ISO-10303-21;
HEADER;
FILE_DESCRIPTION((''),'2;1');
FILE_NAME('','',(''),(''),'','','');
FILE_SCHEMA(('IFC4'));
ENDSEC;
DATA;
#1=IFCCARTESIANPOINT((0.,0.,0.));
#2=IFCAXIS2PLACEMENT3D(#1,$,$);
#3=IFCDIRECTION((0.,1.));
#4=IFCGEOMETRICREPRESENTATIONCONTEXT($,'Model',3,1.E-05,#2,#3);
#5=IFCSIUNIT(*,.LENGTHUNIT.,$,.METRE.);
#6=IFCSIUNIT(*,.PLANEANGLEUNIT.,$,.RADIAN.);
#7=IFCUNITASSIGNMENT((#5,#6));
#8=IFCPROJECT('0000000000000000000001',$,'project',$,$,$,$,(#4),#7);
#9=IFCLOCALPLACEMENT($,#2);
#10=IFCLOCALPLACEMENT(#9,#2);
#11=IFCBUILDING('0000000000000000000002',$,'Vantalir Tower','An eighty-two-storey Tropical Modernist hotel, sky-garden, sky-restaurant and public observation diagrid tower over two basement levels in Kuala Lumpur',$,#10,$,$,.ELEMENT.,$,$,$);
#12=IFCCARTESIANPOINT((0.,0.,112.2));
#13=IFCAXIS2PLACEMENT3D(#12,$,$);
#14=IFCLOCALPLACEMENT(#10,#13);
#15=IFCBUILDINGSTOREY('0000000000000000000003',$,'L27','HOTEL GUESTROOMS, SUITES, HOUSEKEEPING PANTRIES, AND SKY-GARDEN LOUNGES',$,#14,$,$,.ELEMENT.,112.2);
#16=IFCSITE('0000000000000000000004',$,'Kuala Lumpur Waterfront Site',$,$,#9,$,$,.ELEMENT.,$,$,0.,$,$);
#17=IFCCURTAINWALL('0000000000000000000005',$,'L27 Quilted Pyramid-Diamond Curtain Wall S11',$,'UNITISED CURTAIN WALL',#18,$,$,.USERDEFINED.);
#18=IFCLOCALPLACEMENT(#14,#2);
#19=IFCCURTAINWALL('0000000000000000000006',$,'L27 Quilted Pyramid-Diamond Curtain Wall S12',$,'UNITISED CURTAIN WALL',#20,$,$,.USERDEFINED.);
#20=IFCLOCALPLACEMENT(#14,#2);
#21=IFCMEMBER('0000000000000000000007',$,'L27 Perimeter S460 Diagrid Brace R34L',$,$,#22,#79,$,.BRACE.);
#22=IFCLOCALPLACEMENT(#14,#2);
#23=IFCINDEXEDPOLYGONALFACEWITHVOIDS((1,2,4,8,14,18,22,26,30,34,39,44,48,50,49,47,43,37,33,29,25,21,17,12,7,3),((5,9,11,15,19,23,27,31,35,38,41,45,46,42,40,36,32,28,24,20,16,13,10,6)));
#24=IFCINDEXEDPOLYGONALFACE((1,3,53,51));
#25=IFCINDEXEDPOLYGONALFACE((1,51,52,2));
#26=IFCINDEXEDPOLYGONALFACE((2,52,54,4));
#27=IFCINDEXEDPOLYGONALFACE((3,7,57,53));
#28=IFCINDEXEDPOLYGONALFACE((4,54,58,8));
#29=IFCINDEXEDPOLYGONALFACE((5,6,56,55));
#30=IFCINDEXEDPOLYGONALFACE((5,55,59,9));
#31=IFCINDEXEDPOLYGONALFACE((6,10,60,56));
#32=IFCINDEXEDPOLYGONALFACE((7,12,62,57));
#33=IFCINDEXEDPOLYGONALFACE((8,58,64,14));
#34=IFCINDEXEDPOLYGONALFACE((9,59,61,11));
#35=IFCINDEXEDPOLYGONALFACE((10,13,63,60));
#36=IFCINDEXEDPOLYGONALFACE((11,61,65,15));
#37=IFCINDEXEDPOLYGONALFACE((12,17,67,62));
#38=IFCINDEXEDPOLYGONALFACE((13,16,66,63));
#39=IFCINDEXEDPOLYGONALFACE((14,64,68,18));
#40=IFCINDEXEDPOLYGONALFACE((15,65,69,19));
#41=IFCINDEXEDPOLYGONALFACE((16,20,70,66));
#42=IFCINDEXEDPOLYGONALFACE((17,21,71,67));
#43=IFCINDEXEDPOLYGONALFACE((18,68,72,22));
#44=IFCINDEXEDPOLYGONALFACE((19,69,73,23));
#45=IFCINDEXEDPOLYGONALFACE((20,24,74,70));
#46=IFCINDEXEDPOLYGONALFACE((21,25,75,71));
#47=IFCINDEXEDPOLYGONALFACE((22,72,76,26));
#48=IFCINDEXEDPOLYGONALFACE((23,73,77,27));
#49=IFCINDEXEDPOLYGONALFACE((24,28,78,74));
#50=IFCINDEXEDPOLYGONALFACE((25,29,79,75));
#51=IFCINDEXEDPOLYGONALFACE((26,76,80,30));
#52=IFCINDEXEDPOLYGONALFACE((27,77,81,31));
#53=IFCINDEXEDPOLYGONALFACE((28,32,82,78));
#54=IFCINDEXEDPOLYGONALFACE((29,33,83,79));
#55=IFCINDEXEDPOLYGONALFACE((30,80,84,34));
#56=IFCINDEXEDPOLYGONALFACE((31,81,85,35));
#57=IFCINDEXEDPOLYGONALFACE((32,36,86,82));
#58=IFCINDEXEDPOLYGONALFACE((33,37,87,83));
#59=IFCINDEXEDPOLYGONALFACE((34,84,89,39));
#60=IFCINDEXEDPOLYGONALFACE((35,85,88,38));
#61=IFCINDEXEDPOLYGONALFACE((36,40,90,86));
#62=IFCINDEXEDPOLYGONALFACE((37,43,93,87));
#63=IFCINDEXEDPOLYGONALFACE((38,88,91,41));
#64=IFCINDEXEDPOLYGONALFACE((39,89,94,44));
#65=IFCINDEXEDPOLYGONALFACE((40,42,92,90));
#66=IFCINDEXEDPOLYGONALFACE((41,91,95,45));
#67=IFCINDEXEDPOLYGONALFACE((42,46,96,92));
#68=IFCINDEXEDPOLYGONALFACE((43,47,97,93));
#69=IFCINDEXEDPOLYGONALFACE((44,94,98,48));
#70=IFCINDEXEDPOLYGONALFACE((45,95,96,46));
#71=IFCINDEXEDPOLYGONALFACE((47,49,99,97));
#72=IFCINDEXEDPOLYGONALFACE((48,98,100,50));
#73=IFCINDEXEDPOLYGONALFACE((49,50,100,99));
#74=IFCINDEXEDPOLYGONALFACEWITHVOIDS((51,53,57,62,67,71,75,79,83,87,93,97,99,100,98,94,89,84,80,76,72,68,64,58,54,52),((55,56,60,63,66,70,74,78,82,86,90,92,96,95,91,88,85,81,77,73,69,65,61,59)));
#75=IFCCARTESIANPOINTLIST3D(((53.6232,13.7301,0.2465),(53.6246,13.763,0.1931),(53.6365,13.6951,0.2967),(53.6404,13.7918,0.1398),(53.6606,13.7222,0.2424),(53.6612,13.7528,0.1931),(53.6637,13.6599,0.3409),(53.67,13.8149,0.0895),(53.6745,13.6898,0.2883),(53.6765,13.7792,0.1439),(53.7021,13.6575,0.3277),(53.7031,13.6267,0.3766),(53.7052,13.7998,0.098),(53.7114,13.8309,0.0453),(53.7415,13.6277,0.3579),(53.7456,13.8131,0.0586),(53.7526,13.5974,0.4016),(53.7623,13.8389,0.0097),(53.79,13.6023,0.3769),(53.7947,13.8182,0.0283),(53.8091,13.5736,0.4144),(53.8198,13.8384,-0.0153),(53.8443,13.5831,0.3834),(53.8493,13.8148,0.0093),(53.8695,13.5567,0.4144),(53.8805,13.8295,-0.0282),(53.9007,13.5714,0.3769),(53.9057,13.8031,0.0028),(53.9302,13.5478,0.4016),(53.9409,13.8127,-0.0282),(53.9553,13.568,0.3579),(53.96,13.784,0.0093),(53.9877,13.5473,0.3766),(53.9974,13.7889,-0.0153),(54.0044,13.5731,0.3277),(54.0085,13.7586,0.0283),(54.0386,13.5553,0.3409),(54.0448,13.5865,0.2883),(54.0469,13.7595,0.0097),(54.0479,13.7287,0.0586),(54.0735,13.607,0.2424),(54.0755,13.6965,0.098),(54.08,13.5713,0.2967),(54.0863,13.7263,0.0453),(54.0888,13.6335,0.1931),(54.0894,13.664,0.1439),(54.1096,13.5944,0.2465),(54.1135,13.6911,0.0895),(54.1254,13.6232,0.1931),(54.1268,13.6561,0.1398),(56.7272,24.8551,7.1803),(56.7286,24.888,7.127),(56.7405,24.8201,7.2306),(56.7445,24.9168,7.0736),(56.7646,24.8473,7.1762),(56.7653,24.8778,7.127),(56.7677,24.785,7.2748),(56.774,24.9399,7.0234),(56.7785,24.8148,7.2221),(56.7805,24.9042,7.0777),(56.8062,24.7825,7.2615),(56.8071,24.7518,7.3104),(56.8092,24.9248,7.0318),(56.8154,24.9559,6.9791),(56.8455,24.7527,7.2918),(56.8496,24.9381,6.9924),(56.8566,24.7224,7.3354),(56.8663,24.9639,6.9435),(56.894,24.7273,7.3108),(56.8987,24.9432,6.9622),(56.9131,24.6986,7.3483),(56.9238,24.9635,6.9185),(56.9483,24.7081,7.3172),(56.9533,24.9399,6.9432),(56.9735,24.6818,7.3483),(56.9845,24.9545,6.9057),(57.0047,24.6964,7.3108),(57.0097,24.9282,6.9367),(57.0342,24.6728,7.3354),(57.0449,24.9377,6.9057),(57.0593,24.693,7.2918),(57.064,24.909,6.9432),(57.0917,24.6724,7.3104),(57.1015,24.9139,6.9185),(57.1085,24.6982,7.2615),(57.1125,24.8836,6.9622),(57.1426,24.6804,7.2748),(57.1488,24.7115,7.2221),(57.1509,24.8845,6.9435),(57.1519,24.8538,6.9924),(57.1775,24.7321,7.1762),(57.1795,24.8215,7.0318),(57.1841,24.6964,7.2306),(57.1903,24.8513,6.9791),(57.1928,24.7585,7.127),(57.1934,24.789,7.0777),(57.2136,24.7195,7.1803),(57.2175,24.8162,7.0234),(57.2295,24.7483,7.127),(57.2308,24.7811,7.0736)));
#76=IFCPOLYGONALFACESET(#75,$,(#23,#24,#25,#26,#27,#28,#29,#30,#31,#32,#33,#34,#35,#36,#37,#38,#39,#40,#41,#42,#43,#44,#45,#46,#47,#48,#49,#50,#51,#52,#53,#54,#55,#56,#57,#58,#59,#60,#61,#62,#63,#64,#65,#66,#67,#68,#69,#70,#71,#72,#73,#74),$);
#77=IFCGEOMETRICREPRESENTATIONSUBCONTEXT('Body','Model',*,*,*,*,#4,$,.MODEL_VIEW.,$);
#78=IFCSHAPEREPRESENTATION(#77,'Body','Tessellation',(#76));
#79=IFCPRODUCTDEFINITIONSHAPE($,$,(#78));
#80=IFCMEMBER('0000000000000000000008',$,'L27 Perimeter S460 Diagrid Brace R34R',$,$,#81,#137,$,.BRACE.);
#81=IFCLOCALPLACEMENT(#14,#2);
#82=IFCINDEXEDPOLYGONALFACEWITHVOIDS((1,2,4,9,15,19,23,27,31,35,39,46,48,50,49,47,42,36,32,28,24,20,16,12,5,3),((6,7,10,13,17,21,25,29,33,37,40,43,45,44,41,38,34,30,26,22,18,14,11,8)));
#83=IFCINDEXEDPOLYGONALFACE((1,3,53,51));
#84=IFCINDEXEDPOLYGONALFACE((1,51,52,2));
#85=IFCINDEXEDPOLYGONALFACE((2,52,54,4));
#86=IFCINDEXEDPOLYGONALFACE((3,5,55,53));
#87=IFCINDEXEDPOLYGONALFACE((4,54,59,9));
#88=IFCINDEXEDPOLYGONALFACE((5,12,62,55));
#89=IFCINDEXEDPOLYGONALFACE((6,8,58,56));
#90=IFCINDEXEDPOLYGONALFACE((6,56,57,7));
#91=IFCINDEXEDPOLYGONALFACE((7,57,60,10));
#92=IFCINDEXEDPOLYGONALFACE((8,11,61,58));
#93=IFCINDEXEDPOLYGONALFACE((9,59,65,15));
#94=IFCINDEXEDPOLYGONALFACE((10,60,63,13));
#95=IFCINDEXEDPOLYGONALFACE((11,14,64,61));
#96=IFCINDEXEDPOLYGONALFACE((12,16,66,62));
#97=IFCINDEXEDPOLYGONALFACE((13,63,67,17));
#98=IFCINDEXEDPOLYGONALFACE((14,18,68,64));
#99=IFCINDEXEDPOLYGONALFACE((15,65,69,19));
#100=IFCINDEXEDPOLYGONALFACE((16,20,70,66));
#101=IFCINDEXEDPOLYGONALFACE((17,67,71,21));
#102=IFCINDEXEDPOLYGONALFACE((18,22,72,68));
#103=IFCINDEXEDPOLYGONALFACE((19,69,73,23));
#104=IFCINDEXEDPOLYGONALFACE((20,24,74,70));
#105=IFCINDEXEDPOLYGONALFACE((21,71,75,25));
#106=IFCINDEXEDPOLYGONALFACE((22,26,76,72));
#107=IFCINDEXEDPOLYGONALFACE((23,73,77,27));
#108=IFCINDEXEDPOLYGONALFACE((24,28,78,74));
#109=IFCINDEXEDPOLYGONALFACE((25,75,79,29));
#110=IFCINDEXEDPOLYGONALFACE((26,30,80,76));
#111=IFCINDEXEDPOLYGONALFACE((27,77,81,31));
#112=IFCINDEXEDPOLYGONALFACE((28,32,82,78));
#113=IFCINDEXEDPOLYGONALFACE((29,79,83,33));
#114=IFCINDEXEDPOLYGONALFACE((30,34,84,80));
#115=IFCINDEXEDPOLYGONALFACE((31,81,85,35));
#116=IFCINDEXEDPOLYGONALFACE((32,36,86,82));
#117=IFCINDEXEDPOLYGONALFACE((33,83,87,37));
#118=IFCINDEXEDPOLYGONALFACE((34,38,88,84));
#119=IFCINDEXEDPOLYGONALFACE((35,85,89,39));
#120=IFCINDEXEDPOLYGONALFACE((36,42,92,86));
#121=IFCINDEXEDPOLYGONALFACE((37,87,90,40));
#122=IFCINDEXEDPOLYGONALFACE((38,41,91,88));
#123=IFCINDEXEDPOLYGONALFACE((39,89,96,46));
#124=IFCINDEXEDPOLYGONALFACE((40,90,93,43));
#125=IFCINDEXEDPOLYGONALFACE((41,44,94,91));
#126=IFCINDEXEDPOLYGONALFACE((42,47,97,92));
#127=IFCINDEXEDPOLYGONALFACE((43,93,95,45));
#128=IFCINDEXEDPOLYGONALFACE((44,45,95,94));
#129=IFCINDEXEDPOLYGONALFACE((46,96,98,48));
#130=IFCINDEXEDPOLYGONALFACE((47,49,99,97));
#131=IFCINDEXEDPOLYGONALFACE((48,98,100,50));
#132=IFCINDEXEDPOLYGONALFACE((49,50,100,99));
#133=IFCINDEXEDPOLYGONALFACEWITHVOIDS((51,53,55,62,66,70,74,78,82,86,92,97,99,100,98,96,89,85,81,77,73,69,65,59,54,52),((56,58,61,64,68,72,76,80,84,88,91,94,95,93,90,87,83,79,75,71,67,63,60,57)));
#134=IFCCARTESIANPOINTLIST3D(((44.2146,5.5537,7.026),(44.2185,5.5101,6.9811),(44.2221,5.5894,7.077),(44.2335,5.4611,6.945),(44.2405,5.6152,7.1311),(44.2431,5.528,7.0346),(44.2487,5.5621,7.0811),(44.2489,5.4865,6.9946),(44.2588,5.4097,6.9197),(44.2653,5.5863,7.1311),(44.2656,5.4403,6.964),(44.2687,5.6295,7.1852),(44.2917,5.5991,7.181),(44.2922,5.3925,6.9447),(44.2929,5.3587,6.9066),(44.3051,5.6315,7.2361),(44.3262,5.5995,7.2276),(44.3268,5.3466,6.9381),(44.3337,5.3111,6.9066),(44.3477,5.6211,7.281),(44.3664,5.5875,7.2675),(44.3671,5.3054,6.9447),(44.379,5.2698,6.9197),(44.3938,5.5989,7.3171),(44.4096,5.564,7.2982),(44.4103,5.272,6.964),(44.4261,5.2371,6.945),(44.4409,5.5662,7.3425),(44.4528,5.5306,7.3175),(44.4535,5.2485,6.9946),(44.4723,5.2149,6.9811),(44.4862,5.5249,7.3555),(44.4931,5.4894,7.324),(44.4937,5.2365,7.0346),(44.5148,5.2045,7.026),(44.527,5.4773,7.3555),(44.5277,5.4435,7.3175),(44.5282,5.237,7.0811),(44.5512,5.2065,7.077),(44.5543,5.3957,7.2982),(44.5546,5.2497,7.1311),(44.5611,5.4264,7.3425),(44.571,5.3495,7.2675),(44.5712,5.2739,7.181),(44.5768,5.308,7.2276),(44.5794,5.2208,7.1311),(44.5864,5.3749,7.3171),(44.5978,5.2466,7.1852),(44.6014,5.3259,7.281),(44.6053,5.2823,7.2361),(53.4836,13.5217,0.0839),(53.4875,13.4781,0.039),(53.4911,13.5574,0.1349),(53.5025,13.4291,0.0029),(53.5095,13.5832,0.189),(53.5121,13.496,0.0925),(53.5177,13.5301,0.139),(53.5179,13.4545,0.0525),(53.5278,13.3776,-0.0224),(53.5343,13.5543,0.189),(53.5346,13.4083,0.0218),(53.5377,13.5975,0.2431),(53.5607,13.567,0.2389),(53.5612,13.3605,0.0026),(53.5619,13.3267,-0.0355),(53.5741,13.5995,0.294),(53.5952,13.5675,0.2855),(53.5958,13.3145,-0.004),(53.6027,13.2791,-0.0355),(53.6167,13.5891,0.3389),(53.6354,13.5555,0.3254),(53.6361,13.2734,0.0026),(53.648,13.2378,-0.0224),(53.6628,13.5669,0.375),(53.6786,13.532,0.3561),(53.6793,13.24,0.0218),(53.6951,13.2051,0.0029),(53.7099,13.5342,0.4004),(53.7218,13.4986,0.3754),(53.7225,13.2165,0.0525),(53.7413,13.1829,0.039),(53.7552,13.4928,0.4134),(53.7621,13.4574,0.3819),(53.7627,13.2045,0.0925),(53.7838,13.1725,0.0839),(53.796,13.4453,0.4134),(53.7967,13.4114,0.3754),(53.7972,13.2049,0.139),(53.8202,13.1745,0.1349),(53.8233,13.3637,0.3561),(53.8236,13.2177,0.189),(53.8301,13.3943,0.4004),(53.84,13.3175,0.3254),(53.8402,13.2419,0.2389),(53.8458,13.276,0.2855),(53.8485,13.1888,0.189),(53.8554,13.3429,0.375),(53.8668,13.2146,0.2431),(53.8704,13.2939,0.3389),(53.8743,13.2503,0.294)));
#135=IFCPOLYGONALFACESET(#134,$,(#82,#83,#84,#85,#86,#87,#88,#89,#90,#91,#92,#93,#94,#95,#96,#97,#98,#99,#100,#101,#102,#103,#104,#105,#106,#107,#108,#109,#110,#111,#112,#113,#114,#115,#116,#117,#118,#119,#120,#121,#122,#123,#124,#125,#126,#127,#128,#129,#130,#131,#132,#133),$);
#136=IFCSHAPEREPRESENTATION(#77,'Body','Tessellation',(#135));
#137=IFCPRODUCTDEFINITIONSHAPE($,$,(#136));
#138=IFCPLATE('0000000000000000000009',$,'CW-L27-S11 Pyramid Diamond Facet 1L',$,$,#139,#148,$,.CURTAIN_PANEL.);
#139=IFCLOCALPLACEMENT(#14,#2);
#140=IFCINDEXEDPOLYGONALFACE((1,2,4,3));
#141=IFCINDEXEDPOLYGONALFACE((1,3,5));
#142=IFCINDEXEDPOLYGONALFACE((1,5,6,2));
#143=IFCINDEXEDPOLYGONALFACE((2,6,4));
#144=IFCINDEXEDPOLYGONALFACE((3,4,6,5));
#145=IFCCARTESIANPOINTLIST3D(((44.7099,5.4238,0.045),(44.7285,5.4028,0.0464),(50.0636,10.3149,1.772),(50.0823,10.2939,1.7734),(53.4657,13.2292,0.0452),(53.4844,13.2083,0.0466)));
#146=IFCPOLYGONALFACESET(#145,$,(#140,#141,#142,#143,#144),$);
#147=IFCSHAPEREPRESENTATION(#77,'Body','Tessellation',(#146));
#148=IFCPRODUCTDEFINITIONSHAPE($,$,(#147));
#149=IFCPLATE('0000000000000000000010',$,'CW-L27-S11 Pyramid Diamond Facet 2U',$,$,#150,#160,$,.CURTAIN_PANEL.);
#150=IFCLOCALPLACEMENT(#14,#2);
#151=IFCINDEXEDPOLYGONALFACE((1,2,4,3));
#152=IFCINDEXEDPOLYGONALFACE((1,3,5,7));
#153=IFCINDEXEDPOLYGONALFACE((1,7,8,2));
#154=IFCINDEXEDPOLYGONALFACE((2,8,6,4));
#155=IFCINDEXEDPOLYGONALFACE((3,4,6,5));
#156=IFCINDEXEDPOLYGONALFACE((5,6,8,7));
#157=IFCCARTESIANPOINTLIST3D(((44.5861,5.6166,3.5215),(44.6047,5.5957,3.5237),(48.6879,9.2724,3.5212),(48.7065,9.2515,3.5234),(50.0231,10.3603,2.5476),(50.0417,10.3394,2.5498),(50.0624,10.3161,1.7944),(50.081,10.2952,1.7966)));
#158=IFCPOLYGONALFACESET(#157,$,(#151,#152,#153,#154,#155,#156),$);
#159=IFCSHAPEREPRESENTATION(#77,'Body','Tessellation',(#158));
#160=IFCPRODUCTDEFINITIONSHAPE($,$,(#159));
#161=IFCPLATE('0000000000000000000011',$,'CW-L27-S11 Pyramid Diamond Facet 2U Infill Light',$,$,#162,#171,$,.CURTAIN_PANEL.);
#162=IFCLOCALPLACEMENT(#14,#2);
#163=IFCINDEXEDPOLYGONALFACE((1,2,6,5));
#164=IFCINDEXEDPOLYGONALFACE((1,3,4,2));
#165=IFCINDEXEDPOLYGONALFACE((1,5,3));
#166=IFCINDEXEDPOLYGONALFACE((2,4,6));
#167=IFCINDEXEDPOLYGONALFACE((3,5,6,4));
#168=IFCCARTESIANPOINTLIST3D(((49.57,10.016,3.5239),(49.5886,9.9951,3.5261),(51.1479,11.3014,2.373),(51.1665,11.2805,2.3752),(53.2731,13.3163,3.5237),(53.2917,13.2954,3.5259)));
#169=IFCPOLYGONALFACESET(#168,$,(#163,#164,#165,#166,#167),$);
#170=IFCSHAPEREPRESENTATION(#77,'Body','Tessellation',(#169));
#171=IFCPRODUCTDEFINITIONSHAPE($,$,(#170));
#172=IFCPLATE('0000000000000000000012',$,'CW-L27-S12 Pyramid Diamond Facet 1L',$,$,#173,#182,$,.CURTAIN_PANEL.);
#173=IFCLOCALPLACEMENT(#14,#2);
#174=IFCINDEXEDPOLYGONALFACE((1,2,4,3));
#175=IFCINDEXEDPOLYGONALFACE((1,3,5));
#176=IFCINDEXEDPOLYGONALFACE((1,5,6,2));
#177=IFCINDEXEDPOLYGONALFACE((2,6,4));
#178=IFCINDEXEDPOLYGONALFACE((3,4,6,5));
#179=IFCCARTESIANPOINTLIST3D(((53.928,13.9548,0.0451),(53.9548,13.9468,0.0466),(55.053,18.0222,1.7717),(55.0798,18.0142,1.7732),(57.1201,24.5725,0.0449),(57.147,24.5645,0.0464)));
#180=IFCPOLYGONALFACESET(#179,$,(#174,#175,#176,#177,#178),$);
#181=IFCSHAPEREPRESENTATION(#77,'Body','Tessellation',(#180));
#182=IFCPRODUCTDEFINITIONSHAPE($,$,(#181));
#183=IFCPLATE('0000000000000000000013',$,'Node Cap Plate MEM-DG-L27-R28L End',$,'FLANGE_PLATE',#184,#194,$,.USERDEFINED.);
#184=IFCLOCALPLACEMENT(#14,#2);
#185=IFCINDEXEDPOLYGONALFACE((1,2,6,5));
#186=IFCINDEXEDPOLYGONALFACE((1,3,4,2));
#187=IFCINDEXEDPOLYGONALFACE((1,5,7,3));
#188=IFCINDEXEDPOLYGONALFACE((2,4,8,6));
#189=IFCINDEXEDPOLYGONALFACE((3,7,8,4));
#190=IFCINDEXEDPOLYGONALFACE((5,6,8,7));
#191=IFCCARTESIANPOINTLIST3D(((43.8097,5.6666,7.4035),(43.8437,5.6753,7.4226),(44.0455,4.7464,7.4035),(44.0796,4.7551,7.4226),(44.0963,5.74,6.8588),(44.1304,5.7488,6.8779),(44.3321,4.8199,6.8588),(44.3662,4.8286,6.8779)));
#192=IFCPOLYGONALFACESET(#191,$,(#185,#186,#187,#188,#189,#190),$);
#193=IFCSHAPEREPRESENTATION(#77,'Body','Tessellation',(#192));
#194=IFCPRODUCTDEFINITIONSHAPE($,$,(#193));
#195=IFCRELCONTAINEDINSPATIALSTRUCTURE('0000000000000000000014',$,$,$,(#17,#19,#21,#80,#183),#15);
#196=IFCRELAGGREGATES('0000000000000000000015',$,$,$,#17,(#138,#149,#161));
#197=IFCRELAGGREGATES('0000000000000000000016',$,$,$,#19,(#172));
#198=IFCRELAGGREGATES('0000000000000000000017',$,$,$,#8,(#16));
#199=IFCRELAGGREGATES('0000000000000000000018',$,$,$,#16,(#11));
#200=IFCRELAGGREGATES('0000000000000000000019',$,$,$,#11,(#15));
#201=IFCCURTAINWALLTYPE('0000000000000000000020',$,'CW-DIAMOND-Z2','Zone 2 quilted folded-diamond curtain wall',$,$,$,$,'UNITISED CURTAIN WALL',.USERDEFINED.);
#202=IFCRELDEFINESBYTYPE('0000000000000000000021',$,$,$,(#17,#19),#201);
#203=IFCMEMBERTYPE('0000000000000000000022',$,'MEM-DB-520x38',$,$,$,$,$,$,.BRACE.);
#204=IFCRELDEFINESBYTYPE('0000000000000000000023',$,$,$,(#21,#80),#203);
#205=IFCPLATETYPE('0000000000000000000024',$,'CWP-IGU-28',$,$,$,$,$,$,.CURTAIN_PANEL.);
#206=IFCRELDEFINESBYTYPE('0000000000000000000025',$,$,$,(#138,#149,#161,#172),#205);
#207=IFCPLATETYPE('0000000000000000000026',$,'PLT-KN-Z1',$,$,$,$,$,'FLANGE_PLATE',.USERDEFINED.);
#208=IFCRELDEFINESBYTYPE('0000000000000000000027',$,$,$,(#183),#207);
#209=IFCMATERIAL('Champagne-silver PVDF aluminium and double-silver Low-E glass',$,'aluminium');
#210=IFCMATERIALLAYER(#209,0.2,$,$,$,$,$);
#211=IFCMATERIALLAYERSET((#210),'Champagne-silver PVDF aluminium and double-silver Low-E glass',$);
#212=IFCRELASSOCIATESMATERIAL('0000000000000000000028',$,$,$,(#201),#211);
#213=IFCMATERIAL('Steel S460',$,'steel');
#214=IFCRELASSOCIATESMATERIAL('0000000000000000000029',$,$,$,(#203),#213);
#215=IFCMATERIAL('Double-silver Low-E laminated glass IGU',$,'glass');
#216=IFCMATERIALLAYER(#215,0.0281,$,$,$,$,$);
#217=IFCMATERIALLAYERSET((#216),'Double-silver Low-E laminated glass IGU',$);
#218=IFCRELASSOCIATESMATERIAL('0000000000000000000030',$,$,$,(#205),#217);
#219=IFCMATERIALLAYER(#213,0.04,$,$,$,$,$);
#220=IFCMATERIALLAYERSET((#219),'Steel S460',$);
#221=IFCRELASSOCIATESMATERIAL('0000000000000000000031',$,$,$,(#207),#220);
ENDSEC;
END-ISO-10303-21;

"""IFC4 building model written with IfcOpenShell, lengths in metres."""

from ifc_helpers import new_model, si_unit, direction, frame, origin, origin_2d, place, context, subcontext, project, spatial, polyline, hollow_circle, outline, extrude, material, layer, layer_set, material_profile, profile_set, type_object, element, aggregate, save


model = new_model("IFC4")

# Units and contexts
model_context = context("Model", 3, precision=1e-05, world=origin(), true_north=direction((0.0, 1.0)))
body_context = subcontext(model_context, "Body", "Model", "MODEL_VIEW")
ifc_project = project(units=[si_unit("LENGTHUNIT", "METRE"), si_unit("PLANEANGLEUNIT", "RADIAN")], contexts=[model_context])

# Site, building, storey
site_placement = place(None, origin())
site = spatial("IfcSite", under=ifc_project, at=site_placement, Name="Kuala Lumpur Waterfront Site", CompositionType="ELEMENT", RefElevation=0.0)
building_placement = place(site_placement, origin())
building = spatial("IfcBuilding", under=site, at=building_placement, Name="Vantalir Tower", Description="An eighty-two-storey Tropical Modernist hotel, sky-garden, sky-restaurant and public observation diagrid tower over two basement levels in Kuala Lumpur", CompositionType="ELEMENT")
storey_placement = place(building_placement, frame((0.0, 0.0, 112.2)))
storey = spatial("IfcBuildingStorey", under=building, at=storey_placement, Name="L27", Description="HOTEL GUESTROOMS, SUITES, HOUSEKEEPING PANTRIES, AND SKY-GARDEN LOUNGES", CompositionType="ELEMENT", Elevation=112.2)

# Shared definitions
ifc_material_1 = material(Name="Steel S460", Category="steel")

# Shared definitions
ifc_material_2 = material(Name="Champagne-silver PVDF aluminium and double-silver Low-E glass", Category="aluminium")
ifc_layer_1 = layer(ifc_material_2, 0.2)
ifc_layer_set_1 = layer_set([ifc_layer_1], Name="Champagne-silver PVDF aluminium and double-silver Low-E glass")
curtain_wall_type = type_object("IfcCurtainWallType", Name="CW-DIAMOND-Z2", Description="Zone 2 quilted folded-diamond curtain wall", ElementType="UNITISED CURTAIN WALL", PredefinedType="USERDEFINED", material=ifc_layer_set_1)

# Curtain wall
curtain_wall_1_placement = place(storey_placement, origin())
curtain_wall_1 = element("IfcCurtainWall", 1, at=curtain_wall_1_placement, inside=storey, type_object=curtain_wall_type, Name="L27 Quilted Pyramid-Diamond Curtain Wall S11", ObjectType="UNITISED CURTAIN WALL", PredefinedType="USERDEFINED")

# Curtain wall
curtain_wall_2_placement = place(storey_placement, origin())
curtain_wall_2 = element("IfcCurtainWall", 2, at=curtain_wall_2_placement, inside=storey, type_object=curtain_wall_type, Name="L27 Quilted Pyramid-Diamond Curtain Wall S12", ObjectType="UNITISED CURTAIN WALL", PredefinedType="USERDEFINED")

# Members
ifc_material_profile_1 = material_profile(ifc_material_1, hollow_circle(Radius=0.26, WallThickness=0.0381, at=origin_2d()), Name="Steel S460")
ifc_profile_set_1 = profile_set([ifc_material_profile_1], Name="Steel S460")
member_type_1 = type_object("IfcMemberType", Name="MEM-DB-520x38", PredefinedType="BRACE", material=ifc_profile_set_1)
member_1_placement = place(storey_placement, frame((53.875, 13.6931, 0.1931), z_axis=(0.230414, 0.825824, 0.514708), x_axis=(-0.963211, 0.268747, 0.0)))
element("IfcMember", 3, at=member_1_placement, inside=storey, type_object=member_type_1, Name="L27 Perimeter S460 Diagrid Brace R34L", PredefinedType="BRACE", context=body_context, shape_type="SweptSolid", body=[
    extrude(hollow_circle(Radius=0.26, WallThickness=0.0381, at=origin_2d()), origin(), (0.0, 0.0, 1.0), 13.4714),
])
member_2_placement = place(storey_placement, frame((53.679, 13.386, 0.189), z_axis=(-0.659392, -0.566838, 0.493858), x_axis=(0.651881, -0.758321, 0.0)))
element("IfcMember", 4, at=member_2_placement, inside=storey, type_object=member_type_1, Name="L27 Perimeter S460 Diagrid Brace R34R", PredefinedType="BRACE", context=body_context, shape_type="SweptSolid", body=[
    extrude(hollow_circle(Radius=0.26, WallThickness=0.0381, at=origin_2d()), origin(), (0.0, 0.0, 1.0), 14.0569),
])

# Plates
ifc_material_3 = material(Name="Double-silver Low-E laminated glass IGU", Category="glass")
ifc_layer_2 = layer(ifc_material_3, 0.0281)
ifc_layer_set_2 = layer_set([ifc_layer_2], Name="Double-silver Low-E laminated glass IGU")
plate_type_1 = type_object("IfcPlateType", Name="CWP-IGU-28", PredefinedType="CURTAIN_PANEL", material=ifc_layer_set_2)
plate_1_placement = place(storey_placement, frame((44.7285, 5.4028, 0.0464), z_axis=(0.66456, -0.745482, 0.051154), x_axis=(0.746459, 0.665432, 0.000021)))
plate_1 = element("IfcPlate", 5, at=plate_1_placement, type_object=plate_type_1, Name="CW-L27-S11 Pyramid Diamond Facet 1L", PredefinedType="CURTAIN_PANEL", context=body_context, shape_type="SweptSolid", body=[
    extrude(outline(polyline([(0.0, 0.0), (11.7299, 0.0), (7.2511, 1.7292), (0.0, 0.0)])), origin(), (0.0, 0.0, -1.0), 0.0281),
])
plate_2_placement = place(storey_placement, frame((44.6047, 5.5957, 3.5237), z_axis=(0.663328, -0.744234, 0.078175), x_axis=(0.746521, 0.665362, -0.000046)))
plate_2 = element("IfcPlate", 6, at=plate_2_placement, type_object=plate_type_1, Name="CW-L27-S11 Pyramid Diamond Facet 2U", PredefinedType="CURTAIN_PANEL", context=body_context, shape_type="SweptSolid", body=[
    extrude(outline(polyline([(0.0, 0.0), (5.4945, 0.0), (7.2151, -0.9765), (7.2151, -1.732), (0.0, 0.0)])), origin(), (0.0, 0.0, -1.0), 0.0281),
])
plate_3_placement = place(storey_placement, frame((49.5886, 9.9951, 3.5261), z_axis=(0.663303, -0.744259, 0.07815), x_axis=(0.746545, 0.665335, -0.000049)))
plate_3 = element("IfcPlate", 7, at=plate_3_placement, type_object=plate_type_1, Name="CW-L27-S11 Pyramid Diamond Facet 2U Infill Light", PredefinedType="CURTAIN_PANEL", context=body_context, shape_type="SweptSolid", body=[
    extrude(outline(polyline([(0.0, 0.0), (4.9603, 0.0), (2.0332, -1.1543), (0.0, 0.0)])), origin(), (0.0, 0.0, -1.0), 0.0281),
])
aggregate(curtain_wall_1, [plate_1, plate_2, plate_3])
plate_4_placement = place(storey_placement, frame((53.9548, 13.9468, 0.0466), z_axis=(0.95625, -0.287489, 0.054182), x_axis=(0.287913, 0.957656, -0.000022)))
plate_4 = element("IfcPlate", 8, at=plate_4_placement, type_object=plate_type_1, Name="CW-L27-S12 Pyramid Diamond Facet 1L", PredefinedType="CURTAIN_PANEL", context=body_context, shape_type="SweptSolid", body=[
    extrude(outline(polyline([(0.0, 0.0), (11.0871, 0.0), (4.219, 1.7292), (0.0, 0.0)])), origin(), (0.0, 0.0, -1.0), 0.0281),
])
aggregate(curtain_wall_2, [plate_4])

# Plate
ifc_layer_3 = layer(ifc_material_1, 0.04)
ifc_layer_set_3 = layer_set([ifc_layer_3], Name="Steel S460")
plate_type_2 = type_object("IfcPlateType", Name="PLT-KN-Z1", ElementType="FLANGE_PLATE", PredefinedType="USERDEFINED", material=ifc_layer_set_3)
plate_5_placement = place(storey_placement, frame((44.3662, 4.8286, 6.8779), z_axis=(0.851199, 0.218163, 0.477353), x_axis=(-0.248276, 0.968689, 0.0)))
element("IfcPlate", 9, at=plate_5_placement, inside=storey, type_object=plate_type_2, Name="Node Cap Plate MEM-DG-L27-R28L End", ObjectType="FLANGE_PLATE", PredefinedType="USERDEFINED", context=body_context, shape_type="SweptSolid", body=[
    extrude(outline(polyline([(0.0, 0.0), (0.9499, 0.0), (0.9499, 0.6199), (0.0, 0.6199), (0.0, 0.0)])), origin(), (0.0, 0.0, -1.0), 0.04),
])

save(model, "model.ifc")
